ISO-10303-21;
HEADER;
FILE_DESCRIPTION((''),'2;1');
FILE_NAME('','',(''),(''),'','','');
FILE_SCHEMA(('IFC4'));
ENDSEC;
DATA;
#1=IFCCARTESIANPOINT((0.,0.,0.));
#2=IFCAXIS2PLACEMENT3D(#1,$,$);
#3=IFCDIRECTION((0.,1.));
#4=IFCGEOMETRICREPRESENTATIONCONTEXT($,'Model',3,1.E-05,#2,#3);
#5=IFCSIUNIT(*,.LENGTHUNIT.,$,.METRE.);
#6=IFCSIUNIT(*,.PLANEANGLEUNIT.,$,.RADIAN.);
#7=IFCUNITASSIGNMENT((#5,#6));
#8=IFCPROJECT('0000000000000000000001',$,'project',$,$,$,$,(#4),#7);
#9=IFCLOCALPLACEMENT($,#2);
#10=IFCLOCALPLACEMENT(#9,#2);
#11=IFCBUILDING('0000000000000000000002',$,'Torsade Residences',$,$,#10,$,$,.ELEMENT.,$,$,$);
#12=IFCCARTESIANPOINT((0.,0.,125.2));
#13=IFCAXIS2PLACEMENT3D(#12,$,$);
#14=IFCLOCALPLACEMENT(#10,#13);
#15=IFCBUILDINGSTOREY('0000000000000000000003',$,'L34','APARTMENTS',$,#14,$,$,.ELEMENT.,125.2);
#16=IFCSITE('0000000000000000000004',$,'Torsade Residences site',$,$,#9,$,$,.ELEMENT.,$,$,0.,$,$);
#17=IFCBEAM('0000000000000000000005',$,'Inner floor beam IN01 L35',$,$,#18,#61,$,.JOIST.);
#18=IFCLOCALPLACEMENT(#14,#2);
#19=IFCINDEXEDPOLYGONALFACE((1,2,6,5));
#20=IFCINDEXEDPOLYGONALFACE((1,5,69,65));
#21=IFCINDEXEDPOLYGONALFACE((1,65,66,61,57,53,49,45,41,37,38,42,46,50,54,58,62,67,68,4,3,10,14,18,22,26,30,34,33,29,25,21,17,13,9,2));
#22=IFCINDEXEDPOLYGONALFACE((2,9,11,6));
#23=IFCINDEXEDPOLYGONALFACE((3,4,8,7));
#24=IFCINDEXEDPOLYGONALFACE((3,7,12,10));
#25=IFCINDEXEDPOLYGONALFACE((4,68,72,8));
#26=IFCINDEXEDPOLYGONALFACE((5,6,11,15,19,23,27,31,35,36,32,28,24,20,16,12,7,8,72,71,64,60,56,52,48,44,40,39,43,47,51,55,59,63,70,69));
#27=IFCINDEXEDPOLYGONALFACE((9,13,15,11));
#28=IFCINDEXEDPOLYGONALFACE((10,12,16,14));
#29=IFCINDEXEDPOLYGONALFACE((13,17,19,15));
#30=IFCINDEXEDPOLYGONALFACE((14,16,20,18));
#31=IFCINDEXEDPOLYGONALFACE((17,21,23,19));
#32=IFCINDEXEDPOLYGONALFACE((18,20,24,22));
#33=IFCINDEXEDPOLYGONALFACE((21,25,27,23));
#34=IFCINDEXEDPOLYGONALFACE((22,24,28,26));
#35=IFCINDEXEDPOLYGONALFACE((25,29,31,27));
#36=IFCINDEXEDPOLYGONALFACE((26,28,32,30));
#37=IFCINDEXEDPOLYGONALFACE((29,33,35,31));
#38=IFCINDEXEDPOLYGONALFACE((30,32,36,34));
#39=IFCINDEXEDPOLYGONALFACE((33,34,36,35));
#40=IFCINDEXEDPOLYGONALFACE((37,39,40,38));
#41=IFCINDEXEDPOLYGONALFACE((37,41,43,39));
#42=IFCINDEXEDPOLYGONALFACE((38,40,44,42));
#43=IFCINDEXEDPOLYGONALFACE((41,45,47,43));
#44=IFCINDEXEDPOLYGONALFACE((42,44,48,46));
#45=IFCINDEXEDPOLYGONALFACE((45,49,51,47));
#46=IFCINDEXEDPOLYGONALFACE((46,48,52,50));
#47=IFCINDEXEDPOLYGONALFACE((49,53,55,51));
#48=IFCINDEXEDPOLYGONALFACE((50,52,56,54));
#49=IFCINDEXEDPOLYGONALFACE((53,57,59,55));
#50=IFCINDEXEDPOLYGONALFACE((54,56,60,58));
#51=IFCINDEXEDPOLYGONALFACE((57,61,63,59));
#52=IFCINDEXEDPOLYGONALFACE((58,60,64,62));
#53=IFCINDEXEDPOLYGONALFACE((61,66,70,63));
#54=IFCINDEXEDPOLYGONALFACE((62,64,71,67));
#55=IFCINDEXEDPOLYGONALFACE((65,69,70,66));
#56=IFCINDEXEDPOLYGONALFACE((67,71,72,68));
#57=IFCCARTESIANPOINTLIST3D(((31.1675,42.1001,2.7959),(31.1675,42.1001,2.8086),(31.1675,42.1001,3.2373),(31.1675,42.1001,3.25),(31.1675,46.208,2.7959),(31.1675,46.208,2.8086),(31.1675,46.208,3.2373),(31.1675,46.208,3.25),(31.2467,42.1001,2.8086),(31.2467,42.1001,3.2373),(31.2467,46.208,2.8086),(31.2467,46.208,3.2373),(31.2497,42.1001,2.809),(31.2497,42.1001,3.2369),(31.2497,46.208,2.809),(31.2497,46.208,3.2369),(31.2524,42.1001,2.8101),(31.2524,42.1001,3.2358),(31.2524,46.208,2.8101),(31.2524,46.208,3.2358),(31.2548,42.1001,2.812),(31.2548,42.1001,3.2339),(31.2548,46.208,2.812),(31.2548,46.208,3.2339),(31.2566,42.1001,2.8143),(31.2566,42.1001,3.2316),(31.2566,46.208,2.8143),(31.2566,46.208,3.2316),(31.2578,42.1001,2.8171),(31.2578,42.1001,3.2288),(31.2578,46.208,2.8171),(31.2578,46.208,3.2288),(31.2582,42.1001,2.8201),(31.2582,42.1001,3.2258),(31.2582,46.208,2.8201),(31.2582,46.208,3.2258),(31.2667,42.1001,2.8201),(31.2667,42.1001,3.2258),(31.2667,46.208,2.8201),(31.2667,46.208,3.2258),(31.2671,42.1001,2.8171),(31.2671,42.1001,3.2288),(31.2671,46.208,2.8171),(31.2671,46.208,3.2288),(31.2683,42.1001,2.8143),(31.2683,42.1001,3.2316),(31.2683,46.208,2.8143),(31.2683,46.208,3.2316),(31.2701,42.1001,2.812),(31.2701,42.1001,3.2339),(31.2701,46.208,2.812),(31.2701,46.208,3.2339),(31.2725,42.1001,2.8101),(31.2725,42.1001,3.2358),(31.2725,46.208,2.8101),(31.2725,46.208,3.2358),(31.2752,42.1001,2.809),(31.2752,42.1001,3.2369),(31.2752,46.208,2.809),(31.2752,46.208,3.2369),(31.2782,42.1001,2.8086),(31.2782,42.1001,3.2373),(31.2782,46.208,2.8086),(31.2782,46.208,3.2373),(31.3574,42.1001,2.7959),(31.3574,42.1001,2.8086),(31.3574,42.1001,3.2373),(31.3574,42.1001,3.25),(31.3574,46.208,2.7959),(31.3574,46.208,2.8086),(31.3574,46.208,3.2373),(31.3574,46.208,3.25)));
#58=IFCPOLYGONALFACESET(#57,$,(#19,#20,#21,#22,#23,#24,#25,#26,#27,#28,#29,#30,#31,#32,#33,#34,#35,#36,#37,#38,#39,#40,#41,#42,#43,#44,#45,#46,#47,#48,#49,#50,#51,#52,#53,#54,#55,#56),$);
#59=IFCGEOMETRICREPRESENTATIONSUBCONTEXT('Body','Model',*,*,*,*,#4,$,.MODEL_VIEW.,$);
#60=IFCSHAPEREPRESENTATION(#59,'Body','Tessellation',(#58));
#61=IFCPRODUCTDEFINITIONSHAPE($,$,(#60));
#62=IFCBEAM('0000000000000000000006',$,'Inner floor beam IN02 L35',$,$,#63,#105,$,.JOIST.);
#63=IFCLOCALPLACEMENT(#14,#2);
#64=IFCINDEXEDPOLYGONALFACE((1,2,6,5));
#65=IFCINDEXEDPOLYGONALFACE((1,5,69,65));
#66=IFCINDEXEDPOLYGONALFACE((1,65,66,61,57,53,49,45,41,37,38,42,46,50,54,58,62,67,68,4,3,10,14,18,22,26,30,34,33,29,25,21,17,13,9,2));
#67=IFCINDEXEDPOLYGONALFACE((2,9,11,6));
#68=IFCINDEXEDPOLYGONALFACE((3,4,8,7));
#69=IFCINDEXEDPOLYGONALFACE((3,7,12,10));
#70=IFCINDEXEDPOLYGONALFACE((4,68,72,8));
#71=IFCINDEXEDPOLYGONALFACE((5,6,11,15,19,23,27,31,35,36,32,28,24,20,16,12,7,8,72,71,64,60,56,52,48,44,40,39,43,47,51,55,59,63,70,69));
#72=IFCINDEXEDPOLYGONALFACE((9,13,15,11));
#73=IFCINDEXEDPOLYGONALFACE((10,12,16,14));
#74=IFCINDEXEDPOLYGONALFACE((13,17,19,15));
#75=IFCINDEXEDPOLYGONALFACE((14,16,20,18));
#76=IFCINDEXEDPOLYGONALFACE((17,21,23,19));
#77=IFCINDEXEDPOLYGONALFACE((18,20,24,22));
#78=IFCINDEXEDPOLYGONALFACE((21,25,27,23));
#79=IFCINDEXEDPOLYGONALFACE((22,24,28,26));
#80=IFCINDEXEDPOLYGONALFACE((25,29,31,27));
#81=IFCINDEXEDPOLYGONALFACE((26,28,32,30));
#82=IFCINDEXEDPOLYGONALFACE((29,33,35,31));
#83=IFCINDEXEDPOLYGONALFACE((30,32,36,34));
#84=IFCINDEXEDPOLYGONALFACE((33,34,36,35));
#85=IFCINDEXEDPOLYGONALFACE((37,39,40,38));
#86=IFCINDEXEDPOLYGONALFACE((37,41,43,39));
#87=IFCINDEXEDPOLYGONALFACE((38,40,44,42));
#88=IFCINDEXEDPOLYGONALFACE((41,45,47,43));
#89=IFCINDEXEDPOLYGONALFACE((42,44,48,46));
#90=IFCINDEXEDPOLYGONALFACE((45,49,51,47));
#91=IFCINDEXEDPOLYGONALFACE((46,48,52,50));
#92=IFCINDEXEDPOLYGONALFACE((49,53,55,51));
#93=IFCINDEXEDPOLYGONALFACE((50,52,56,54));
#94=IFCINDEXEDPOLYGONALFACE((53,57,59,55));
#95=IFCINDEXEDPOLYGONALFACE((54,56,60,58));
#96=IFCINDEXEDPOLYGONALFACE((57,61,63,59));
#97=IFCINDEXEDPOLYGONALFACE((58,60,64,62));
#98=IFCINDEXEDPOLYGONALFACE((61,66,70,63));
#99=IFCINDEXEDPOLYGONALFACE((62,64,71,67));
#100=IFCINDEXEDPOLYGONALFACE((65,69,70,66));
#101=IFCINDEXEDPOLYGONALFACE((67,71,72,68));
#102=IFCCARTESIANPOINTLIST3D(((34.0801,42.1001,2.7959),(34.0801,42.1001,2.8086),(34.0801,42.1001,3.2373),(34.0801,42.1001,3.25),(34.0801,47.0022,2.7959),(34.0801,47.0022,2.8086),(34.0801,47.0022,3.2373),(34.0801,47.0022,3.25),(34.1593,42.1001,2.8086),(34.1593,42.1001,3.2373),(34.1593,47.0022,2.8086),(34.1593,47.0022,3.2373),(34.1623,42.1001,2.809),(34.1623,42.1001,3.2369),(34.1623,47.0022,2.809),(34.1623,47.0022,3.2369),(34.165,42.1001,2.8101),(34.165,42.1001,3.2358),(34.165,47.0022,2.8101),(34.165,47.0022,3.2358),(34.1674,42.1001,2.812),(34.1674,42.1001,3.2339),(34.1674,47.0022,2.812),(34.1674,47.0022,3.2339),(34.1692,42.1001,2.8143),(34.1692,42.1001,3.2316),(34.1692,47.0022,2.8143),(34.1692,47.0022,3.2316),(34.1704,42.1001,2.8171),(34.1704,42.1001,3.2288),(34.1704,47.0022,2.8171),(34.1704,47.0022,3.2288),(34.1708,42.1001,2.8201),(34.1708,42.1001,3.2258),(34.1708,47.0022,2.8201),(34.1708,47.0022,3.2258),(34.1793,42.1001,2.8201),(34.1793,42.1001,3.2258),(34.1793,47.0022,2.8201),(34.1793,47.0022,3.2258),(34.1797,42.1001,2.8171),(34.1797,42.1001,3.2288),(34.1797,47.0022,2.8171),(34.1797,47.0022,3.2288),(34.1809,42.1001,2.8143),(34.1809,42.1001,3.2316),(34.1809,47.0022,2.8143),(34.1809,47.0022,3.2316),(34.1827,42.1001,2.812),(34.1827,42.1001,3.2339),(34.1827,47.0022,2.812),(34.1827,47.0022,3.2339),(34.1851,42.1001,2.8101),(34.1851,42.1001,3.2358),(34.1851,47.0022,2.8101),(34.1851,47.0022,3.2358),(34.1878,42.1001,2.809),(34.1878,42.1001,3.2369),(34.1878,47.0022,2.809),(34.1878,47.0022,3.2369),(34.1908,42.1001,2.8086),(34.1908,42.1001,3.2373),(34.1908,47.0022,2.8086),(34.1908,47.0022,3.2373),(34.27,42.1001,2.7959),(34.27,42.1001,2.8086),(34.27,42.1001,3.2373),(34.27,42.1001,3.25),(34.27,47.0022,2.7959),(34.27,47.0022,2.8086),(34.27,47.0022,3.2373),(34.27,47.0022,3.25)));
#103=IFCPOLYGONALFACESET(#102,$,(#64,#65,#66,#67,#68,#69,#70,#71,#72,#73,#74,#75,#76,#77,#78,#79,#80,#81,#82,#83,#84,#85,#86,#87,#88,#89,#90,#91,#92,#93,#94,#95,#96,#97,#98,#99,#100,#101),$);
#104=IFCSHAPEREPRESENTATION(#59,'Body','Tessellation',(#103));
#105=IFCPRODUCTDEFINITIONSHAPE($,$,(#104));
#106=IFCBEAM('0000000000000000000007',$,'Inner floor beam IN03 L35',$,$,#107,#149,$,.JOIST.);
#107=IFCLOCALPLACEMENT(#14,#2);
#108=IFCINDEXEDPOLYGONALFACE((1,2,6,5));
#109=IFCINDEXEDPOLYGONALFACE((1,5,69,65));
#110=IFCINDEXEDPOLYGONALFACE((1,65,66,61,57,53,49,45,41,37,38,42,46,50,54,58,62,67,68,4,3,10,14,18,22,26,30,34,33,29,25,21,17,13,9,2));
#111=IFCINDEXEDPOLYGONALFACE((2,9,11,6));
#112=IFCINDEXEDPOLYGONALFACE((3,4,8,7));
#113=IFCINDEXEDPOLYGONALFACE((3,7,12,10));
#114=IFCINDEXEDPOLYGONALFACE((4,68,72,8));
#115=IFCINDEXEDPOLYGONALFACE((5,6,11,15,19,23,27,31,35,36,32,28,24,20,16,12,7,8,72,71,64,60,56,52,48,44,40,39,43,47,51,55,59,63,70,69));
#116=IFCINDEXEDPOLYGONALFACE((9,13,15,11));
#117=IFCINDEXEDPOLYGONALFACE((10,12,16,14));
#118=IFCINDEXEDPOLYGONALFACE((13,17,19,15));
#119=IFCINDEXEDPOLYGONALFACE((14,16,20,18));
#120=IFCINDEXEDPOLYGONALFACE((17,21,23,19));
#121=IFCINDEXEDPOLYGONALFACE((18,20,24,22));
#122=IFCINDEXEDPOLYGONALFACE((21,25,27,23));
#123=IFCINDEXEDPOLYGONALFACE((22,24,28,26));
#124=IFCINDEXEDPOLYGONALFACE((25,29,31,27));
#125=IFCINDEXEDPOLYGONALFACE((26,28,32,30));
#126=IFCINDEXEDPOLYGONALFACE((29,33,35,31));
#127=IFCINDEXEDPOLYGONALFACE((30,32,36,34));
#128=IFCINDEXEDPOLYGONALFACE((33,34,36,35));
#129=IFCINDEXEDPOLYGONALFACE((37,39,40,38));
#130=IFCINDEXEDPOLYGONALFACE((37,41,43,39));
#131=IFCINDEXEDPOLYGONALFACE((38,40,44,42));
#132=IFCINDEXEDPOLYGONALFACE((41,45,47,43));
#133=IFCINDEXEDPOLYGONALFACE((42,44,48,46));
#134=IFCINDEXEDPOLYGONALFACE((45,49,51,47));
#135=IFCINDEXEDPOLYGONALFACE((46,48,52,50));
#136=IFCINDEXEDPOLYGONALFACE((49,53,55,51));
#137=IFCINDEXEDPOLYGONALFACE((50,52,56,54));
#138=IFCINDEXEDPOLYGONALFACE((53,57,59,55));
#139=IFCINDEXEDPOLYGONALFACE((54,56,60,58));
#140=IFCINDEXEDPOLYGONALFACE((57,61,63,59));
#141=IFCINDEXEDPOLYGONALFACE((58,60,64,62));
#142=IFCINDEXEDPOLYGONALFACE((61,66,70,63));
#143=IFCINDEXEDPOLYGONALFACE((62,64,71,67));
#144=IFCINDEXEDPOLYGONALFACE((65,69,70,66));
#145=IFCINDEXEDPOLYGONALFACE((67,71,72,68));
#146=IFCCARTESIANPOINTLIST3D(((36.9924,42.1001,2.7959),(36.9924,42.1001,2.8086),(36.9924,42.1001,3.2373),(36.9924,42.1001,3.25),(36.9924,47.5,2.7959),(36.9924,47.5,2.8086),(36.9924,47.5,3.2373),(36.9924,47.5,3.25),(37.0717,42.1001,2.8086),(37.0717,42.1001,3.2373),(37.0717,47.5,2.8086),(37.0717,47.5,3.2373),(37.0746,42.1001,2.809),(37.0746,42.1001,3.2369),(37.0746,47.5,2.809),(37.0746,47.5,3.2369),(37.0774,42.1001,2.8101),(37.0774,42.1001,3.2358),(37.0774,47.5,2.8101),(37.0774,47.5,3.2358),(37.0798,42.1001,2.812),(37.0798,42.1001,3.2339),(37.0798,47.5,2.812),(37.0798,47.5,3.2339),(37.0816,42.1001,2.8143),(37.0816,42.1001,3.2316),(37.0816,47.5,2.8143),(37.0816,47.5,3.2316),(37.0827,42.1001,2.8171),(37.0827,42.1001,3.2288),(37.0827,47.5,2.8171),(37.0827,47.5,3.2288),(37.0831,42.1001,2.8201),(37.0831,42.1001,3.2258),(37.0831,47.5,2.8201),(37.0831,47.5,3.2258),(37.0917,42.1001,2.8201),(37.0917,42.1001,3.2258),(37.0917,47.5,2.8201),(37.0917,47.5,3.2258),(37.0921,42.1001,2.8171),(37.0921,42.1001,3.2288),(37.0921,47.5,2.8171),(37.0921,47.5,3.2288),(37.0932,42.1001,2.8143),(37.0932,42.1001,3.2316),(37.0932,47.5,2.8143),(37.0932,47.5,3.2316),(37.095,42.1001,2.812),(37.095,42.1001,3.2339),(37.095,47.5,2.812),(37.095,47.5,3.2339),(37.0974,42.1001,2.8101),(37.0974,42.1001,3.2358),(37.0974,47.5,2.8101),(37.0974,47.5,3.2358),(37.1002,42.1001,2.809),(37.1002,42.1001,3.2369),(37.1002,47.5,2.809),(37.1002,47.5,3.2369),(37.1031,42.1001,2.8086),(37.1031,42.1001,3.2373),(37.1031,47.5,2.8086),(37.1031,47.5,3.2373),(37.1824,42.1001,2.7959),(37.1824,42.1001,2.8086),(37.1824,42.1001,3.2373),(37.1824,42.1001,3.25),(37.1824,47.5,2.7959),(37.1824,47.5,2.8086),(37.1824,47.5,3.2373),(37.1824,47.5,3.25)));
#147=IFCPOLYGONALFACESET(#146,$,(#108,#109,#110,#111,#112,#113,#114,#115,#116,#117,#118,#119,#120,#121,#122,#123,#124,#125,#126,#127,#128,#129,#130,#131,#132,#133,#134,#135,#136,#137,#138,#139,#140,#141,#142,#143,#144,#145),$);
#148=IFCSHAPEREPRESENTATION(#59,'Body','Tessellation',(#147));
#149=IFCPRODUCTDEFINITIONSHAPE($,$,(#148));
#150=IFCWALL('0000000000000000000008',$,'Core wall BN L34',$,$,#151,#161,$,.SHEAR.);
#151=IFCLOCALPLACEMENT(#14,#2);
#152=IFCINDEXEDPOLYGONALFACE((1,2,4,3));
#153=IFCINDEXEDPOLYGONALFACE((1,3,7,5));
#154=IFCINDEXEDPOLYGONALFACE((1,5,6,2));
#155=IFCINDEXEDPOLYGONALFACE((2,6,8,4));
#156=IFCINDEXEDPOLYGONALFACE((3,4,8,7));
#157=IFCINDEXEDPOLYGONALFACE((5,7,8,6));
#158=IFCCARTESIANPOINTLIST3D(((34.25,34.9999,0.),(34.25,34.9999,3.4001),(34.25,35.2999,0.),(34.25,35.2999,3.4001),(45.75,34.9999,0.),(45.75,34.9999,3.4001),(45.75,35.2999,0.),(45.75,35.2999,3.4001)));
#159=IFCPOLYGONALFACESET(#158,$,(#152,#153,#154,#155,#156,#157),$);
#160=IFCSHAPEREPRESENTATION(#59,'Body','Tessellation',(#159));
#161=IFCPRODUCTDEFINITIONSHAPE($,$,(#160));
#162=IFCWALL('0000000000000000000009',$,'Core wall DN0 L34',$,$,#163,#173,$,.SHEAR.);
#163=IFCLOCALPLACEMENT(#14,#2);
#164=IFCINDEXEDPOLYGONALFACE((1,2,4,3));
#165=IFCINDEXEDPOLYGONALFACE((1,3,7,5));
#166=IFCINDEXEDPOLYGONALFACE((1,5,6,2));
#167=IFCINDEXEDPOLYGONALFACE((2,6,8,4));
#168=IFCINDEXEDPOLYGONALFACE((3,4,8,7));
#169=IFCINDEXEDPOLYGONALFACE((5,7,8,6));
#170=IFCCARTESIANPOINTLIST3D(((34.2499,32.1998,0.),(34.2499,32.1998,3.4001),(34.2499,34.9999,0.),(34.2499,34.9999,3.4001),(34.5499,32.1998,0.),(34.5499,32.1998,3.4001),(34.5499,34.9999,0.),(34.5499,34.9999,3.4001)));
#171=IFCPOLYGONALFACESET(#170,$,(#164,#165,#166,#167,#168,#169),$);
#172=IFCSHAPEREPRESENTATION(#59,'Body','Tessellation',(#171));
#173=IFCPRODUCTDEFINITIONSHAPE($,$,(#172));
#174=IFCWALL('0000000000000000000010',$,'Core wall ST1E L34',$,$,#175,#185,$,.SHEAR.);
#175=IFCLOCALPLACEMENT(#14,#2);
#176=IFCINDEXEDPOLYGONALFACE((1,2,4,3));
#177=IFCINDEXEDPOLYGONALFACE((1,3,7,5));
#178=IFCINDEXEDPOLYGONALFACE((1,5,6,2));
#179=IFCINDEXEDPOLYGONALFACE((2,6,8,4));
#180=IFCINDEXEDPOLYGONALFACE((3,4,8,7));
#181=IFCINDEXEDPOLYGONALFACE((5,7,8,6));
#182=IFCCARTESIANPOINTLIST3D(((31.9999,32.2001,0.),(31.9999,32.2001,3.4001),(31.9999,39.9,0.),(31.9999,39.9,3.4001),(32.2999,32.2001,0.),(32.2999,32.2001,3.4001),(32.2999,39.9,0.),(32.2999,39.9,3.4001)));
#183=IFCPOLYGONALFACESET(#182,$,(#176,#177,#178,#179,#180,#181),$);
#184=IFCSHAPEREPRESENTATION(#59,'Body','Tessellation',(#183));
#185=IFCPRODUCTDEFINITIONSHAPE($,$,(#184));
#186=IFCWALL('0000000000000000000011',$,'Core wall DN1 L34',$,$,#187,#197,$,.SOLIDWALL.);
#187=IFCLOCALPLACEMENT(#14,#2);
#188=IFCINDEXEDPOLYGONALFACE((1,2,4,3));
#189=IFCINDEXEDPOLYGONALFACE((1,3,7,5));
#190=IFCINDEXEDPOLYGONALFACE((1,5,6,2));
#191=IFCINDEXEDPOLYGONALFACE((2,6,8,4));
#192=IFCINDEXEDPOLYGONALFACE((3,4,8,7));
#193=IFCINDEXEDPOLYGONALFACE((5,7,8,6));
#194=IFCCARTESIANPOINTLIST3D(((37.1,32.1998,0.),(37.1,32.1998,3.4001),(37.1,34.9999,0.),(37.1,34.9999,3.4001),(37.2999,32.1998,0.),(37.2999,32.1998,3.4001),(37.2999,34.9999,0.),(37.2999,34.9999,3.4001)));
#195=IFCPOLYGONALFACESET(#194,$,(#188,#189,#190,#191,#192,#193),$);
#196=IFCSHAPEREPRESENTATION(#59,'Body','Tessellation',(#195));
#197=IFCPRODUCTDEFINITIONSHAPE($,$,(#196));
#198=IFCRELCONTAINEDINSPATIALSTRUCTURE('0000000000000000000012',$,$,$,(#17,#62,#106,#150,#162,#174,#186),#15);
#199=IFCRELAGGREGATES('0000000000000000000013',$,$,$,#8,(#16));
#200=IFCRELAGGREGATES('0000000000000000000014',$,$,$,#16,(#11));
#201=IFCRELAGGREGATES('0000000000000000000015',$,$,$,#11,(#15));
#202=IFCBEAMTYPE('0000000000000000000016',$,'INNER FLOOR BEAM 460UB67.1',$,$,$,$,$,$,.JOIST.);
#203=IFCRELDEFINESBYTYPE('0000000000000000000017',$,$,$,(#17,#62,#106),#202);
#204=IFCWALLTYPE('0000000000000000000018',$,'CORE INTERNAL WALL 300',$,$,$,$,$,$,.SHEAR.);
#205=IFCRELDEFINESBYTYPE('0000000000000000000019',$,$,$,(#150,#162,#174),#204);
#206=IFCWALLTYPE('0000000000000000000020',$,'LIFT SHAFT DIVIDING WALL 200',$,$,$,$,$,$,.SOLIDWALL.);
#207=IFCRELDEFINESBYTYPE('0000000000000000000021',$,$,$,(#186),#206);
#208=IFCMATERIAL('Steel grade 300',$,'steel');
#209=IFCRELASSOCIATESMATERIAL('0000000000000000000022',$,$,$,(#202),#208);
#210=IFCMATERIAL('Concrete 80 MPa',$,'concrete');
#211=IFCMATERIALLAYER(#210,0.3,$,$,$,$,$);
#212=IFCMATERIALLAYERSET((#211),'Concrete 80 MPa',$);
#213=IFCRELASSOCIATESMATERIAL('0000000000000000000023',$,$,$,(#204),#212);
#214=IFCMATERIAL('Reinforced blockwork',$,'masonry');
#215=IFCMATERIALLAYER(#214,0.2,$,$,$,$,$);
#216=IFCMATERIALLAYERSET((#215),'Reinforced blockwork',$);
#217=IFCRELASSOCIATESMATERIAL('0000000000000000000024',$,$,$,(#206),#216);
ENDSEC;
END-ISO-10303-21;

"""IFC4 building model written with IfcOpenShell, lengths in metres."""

from ifc_helpers import new_model, si_unit, direction, frame, frame_2d, origin, origin_2d, place, context, subcontext, project, spatial, rectangle, i_section, extrude, material, layer, layer_set, material_profile, profile_set, type_object, element, save


model = new_model("IFC4")

# Units and contexts
model_context = context("Model", 3, precision=1e-05, world=origin(), true_north=direction((0.0, 1.0)))
body_context = subcontext(model_context, "Body", "Model", "MODEL_VIEW")
ifc_project = project(units=[si_unit("LENGTHUNIT", "METRE"), si_unit("PLANEANGLEUNIT", "RADIAN")], contexts=[model_context])

# Site, building, storey
site_placement = place(None, origin())
site = spatial("IfcSite", under=ifc_project, at=site_placement, Name="Torsade Residences site", CompositionType="ELEMENT", RefElevation=0.0)
building_placement = place(site_placement, origin())
building = spatial("IfcBuilding", under=site, at=building_placement, Name="Torsade Residences", CompositionType="ELEMENT")
storey_placement = place(building_placement, frame((0.0, 0.0, 125.2)))
storey = spatial("IfcBuildingStorey", under=building, at=storey_placement, Name="L34", Description="APARTMENTS", CompositionType="ELEMENT", Elevation=125.2)

# Beams
ifc_material_1 = material(Name="Steel grade 300", Category="steel")
ifc_material_profile = material_profile(ifc_material_1, i_section(OverallWidth=0.1899, OverallDepth=0.4541, WebThickness=0.0085, FlangeThickness=0.0127, FilletRadius=0.0115, at=origin_2d()), Name="460UB67.1")
ifc_profile_set = profile_set([ifc_material_profile], Name="Steel grade 300")
beam_type = type_object("IfcBeamType", Name="INNER FLOOR BEAM 460UB67.1", PredefinedType="JOIST", material=ifc_profile_set)
beam_1_placement = place(storey_placement, frame((31.2625, 42.1001, 3.0229), z_axis=(0.0, 1.0, 0.0), x_axis=(-1.0, 0.0, 0.0)))
element("IfcBeam", 1, at=beam_1_placement, inside=storey, type_object=beam_type, Name="Inner floor beam IN01 L35", PredefinedType="JOIST", context=body_context, shape_type="SweptSolid", body=[
    extrude(i_section(OverallWidth=0.1899, OverallDepth=0.4541, WebThickness=0.0085, FlangeThickness=0.0127, FilletRadius=0.0115, at=origin_2d()), origin(), (0.0, 0.0, 1.0), 4.1079),
])
beam_2_placement = place(storey_placement, frame((34.175, 42.1001, 3.0229), z_axis=(0.0, 1.0, 0.0), x_axis=(-1.0, 0.0, 0.0)))
element("IfcBeam", 2, at=beam_2_placement, inside=storey, type_object=beam_type, Name="Inner floor beam IN02 L35", PredefinedType="JOIST", context=body_context, shape_type="SweptSolid", body=[
    extrude(i_section(OverallWidth=0.1899, OverallDepth=0.4541, WebThickness=0.0085, FlangeThickness=0.0127, FilletRadius=0.0115, at=origin_2d()), origin(), (0.0, 0.0, 1.0), 4.9021),
])
beam_3_placement = place(storey_placement, frame((37.0874, 42.1001, 3.0229), z_axis=(0.0, 1.0, 0.0), x_axis=(-1.0, 0.0, 0.0)))
element("IfcBeam", 3, at=beam_3_placement, inside=storey, type_object=beam_type, Name="Inner floor beam IN03 L35", PredefinedType="JOIST", context=body_context, shape_type="SweptSolid", body=[
    extrude(i_section(OverallWidth=0.1899, OverallDepth=0.4541, WebThickness=0.0085, FlangeThickness=0.0127, FilletRadius=0.0115, at=origin_2d()), origin(), (0.0, 0.0, 1.0), 5.3999),
])

# Walls
ifc_material_2 = material(Name="Concrete 80 MPa", Category="concrete")
ifc_layer_1 = layer(ifc_material_2, 0.3)
ifc_layer_set_1 = layer_set([ifc_layer_1], Name="Concrete 80 MPa")
wall_type_1 = type_object("IfcWallType", Name="CORE INTERNAL WALL 300", PredefinedType="SHEAR", material=ifc_layer_set_1)
wall_1_placement = place(storey_placement, frame((34.25, 35.1499, 0.0), z_axis=(0.0, 0.0, 1.0), x_axis=(1.0, 0.0, 0.0)))
element("IfcWall", 4, at=wall_1_placement, inside=storey, type_object=wall_type_1, Name="Core wall BN L34", PredefinedType="SHEAR", context=body_context, shape_type="SweptSolid", body=[
    extrude(rectangle(XDim=11.5, YDim=0.3, at=frame_2d((5.75, 0.0))), origin(), (0.0, 0.0, 1.0), 3.4001),
])
wall_2_placement = place(storey_placement, frame((34.3999, 32.2, 0.0), z_axis=(0.0, 0.0, 1.0), x_axis=(0.0, 1.0, 0.0)))
element("IfcWall", 5, at=wall_2_placement, inside=storey, type_object=wall_type_1, Name="Core wall DN0 L34", PredefinedType="SHEAR", context=body_context, shape_type="SweptSolid", body=[
    extrude(rectangle(XDim=2.8, YDim=0.3, at=frame_2d((1.3999, 0.0))), origin(), (0.0, 0.0, 1.0), 3.4001),
])
wall_3_placement = place(storey_placement, frame((32.1499, 32.2, 0.0), z_axis=(0.0, 0.0, 1.0), x_axis=(0.0, 1.0, 0.0)))
element("IfcWall", 6, at=wall_3_placement, inside=storey, type_object=wall_type_1, Name="Core wall ST1E L34", PredefinedType="SHEAR", context=body_context, shape_type="SweptSolid", body=[
    extrude(rectangle(XDim=7.7, YDim=0.3, at=frame_2d((3.8501, 0.0))), origin(), (0.0, 0.0, 1.0), 3.4001),
])
ifc_material_3 = material(Name="Reinforced blockwork", Category="masonry")
ifc_layer_2 = layer(ifc_material_3, 0.2)
ifc_layer_set_2 = layer_set([ifc_layer_2], Name="Reinforced blockwork")
wall_type_2 = type_object("IfcWallType", Name="LIFT SHAFT DIVIDING WALL 200", PredefinedType="SOLIDWALL", material=ifc_layer_set_2)
for number, where, z_axis, x_axis, name in (
    (7, (37.2, 32.2, 0.0), (0.0, 0.0, 1.0), (0.0, 1.0, 0.0), "Core wall DN1 L34"),
):
    element("IfcWall", number, at=place(storey_placement, frame(where, z_axis=z_axis, x_axis=x_axis)), inside=storey, type_object=wall_type_2, Name=name, PredefinedType="SOLIDWALL", context=body_context, shape_type="SweptSolid", body=[
        extrude(rectangle(XDim=2.8, YDim=0.2, at=frame_2d((1.3999, 0.0))), origin(), (0.0, 0.0, 1.0), 3.4001),
    ])

save(model, "model.ifc")
